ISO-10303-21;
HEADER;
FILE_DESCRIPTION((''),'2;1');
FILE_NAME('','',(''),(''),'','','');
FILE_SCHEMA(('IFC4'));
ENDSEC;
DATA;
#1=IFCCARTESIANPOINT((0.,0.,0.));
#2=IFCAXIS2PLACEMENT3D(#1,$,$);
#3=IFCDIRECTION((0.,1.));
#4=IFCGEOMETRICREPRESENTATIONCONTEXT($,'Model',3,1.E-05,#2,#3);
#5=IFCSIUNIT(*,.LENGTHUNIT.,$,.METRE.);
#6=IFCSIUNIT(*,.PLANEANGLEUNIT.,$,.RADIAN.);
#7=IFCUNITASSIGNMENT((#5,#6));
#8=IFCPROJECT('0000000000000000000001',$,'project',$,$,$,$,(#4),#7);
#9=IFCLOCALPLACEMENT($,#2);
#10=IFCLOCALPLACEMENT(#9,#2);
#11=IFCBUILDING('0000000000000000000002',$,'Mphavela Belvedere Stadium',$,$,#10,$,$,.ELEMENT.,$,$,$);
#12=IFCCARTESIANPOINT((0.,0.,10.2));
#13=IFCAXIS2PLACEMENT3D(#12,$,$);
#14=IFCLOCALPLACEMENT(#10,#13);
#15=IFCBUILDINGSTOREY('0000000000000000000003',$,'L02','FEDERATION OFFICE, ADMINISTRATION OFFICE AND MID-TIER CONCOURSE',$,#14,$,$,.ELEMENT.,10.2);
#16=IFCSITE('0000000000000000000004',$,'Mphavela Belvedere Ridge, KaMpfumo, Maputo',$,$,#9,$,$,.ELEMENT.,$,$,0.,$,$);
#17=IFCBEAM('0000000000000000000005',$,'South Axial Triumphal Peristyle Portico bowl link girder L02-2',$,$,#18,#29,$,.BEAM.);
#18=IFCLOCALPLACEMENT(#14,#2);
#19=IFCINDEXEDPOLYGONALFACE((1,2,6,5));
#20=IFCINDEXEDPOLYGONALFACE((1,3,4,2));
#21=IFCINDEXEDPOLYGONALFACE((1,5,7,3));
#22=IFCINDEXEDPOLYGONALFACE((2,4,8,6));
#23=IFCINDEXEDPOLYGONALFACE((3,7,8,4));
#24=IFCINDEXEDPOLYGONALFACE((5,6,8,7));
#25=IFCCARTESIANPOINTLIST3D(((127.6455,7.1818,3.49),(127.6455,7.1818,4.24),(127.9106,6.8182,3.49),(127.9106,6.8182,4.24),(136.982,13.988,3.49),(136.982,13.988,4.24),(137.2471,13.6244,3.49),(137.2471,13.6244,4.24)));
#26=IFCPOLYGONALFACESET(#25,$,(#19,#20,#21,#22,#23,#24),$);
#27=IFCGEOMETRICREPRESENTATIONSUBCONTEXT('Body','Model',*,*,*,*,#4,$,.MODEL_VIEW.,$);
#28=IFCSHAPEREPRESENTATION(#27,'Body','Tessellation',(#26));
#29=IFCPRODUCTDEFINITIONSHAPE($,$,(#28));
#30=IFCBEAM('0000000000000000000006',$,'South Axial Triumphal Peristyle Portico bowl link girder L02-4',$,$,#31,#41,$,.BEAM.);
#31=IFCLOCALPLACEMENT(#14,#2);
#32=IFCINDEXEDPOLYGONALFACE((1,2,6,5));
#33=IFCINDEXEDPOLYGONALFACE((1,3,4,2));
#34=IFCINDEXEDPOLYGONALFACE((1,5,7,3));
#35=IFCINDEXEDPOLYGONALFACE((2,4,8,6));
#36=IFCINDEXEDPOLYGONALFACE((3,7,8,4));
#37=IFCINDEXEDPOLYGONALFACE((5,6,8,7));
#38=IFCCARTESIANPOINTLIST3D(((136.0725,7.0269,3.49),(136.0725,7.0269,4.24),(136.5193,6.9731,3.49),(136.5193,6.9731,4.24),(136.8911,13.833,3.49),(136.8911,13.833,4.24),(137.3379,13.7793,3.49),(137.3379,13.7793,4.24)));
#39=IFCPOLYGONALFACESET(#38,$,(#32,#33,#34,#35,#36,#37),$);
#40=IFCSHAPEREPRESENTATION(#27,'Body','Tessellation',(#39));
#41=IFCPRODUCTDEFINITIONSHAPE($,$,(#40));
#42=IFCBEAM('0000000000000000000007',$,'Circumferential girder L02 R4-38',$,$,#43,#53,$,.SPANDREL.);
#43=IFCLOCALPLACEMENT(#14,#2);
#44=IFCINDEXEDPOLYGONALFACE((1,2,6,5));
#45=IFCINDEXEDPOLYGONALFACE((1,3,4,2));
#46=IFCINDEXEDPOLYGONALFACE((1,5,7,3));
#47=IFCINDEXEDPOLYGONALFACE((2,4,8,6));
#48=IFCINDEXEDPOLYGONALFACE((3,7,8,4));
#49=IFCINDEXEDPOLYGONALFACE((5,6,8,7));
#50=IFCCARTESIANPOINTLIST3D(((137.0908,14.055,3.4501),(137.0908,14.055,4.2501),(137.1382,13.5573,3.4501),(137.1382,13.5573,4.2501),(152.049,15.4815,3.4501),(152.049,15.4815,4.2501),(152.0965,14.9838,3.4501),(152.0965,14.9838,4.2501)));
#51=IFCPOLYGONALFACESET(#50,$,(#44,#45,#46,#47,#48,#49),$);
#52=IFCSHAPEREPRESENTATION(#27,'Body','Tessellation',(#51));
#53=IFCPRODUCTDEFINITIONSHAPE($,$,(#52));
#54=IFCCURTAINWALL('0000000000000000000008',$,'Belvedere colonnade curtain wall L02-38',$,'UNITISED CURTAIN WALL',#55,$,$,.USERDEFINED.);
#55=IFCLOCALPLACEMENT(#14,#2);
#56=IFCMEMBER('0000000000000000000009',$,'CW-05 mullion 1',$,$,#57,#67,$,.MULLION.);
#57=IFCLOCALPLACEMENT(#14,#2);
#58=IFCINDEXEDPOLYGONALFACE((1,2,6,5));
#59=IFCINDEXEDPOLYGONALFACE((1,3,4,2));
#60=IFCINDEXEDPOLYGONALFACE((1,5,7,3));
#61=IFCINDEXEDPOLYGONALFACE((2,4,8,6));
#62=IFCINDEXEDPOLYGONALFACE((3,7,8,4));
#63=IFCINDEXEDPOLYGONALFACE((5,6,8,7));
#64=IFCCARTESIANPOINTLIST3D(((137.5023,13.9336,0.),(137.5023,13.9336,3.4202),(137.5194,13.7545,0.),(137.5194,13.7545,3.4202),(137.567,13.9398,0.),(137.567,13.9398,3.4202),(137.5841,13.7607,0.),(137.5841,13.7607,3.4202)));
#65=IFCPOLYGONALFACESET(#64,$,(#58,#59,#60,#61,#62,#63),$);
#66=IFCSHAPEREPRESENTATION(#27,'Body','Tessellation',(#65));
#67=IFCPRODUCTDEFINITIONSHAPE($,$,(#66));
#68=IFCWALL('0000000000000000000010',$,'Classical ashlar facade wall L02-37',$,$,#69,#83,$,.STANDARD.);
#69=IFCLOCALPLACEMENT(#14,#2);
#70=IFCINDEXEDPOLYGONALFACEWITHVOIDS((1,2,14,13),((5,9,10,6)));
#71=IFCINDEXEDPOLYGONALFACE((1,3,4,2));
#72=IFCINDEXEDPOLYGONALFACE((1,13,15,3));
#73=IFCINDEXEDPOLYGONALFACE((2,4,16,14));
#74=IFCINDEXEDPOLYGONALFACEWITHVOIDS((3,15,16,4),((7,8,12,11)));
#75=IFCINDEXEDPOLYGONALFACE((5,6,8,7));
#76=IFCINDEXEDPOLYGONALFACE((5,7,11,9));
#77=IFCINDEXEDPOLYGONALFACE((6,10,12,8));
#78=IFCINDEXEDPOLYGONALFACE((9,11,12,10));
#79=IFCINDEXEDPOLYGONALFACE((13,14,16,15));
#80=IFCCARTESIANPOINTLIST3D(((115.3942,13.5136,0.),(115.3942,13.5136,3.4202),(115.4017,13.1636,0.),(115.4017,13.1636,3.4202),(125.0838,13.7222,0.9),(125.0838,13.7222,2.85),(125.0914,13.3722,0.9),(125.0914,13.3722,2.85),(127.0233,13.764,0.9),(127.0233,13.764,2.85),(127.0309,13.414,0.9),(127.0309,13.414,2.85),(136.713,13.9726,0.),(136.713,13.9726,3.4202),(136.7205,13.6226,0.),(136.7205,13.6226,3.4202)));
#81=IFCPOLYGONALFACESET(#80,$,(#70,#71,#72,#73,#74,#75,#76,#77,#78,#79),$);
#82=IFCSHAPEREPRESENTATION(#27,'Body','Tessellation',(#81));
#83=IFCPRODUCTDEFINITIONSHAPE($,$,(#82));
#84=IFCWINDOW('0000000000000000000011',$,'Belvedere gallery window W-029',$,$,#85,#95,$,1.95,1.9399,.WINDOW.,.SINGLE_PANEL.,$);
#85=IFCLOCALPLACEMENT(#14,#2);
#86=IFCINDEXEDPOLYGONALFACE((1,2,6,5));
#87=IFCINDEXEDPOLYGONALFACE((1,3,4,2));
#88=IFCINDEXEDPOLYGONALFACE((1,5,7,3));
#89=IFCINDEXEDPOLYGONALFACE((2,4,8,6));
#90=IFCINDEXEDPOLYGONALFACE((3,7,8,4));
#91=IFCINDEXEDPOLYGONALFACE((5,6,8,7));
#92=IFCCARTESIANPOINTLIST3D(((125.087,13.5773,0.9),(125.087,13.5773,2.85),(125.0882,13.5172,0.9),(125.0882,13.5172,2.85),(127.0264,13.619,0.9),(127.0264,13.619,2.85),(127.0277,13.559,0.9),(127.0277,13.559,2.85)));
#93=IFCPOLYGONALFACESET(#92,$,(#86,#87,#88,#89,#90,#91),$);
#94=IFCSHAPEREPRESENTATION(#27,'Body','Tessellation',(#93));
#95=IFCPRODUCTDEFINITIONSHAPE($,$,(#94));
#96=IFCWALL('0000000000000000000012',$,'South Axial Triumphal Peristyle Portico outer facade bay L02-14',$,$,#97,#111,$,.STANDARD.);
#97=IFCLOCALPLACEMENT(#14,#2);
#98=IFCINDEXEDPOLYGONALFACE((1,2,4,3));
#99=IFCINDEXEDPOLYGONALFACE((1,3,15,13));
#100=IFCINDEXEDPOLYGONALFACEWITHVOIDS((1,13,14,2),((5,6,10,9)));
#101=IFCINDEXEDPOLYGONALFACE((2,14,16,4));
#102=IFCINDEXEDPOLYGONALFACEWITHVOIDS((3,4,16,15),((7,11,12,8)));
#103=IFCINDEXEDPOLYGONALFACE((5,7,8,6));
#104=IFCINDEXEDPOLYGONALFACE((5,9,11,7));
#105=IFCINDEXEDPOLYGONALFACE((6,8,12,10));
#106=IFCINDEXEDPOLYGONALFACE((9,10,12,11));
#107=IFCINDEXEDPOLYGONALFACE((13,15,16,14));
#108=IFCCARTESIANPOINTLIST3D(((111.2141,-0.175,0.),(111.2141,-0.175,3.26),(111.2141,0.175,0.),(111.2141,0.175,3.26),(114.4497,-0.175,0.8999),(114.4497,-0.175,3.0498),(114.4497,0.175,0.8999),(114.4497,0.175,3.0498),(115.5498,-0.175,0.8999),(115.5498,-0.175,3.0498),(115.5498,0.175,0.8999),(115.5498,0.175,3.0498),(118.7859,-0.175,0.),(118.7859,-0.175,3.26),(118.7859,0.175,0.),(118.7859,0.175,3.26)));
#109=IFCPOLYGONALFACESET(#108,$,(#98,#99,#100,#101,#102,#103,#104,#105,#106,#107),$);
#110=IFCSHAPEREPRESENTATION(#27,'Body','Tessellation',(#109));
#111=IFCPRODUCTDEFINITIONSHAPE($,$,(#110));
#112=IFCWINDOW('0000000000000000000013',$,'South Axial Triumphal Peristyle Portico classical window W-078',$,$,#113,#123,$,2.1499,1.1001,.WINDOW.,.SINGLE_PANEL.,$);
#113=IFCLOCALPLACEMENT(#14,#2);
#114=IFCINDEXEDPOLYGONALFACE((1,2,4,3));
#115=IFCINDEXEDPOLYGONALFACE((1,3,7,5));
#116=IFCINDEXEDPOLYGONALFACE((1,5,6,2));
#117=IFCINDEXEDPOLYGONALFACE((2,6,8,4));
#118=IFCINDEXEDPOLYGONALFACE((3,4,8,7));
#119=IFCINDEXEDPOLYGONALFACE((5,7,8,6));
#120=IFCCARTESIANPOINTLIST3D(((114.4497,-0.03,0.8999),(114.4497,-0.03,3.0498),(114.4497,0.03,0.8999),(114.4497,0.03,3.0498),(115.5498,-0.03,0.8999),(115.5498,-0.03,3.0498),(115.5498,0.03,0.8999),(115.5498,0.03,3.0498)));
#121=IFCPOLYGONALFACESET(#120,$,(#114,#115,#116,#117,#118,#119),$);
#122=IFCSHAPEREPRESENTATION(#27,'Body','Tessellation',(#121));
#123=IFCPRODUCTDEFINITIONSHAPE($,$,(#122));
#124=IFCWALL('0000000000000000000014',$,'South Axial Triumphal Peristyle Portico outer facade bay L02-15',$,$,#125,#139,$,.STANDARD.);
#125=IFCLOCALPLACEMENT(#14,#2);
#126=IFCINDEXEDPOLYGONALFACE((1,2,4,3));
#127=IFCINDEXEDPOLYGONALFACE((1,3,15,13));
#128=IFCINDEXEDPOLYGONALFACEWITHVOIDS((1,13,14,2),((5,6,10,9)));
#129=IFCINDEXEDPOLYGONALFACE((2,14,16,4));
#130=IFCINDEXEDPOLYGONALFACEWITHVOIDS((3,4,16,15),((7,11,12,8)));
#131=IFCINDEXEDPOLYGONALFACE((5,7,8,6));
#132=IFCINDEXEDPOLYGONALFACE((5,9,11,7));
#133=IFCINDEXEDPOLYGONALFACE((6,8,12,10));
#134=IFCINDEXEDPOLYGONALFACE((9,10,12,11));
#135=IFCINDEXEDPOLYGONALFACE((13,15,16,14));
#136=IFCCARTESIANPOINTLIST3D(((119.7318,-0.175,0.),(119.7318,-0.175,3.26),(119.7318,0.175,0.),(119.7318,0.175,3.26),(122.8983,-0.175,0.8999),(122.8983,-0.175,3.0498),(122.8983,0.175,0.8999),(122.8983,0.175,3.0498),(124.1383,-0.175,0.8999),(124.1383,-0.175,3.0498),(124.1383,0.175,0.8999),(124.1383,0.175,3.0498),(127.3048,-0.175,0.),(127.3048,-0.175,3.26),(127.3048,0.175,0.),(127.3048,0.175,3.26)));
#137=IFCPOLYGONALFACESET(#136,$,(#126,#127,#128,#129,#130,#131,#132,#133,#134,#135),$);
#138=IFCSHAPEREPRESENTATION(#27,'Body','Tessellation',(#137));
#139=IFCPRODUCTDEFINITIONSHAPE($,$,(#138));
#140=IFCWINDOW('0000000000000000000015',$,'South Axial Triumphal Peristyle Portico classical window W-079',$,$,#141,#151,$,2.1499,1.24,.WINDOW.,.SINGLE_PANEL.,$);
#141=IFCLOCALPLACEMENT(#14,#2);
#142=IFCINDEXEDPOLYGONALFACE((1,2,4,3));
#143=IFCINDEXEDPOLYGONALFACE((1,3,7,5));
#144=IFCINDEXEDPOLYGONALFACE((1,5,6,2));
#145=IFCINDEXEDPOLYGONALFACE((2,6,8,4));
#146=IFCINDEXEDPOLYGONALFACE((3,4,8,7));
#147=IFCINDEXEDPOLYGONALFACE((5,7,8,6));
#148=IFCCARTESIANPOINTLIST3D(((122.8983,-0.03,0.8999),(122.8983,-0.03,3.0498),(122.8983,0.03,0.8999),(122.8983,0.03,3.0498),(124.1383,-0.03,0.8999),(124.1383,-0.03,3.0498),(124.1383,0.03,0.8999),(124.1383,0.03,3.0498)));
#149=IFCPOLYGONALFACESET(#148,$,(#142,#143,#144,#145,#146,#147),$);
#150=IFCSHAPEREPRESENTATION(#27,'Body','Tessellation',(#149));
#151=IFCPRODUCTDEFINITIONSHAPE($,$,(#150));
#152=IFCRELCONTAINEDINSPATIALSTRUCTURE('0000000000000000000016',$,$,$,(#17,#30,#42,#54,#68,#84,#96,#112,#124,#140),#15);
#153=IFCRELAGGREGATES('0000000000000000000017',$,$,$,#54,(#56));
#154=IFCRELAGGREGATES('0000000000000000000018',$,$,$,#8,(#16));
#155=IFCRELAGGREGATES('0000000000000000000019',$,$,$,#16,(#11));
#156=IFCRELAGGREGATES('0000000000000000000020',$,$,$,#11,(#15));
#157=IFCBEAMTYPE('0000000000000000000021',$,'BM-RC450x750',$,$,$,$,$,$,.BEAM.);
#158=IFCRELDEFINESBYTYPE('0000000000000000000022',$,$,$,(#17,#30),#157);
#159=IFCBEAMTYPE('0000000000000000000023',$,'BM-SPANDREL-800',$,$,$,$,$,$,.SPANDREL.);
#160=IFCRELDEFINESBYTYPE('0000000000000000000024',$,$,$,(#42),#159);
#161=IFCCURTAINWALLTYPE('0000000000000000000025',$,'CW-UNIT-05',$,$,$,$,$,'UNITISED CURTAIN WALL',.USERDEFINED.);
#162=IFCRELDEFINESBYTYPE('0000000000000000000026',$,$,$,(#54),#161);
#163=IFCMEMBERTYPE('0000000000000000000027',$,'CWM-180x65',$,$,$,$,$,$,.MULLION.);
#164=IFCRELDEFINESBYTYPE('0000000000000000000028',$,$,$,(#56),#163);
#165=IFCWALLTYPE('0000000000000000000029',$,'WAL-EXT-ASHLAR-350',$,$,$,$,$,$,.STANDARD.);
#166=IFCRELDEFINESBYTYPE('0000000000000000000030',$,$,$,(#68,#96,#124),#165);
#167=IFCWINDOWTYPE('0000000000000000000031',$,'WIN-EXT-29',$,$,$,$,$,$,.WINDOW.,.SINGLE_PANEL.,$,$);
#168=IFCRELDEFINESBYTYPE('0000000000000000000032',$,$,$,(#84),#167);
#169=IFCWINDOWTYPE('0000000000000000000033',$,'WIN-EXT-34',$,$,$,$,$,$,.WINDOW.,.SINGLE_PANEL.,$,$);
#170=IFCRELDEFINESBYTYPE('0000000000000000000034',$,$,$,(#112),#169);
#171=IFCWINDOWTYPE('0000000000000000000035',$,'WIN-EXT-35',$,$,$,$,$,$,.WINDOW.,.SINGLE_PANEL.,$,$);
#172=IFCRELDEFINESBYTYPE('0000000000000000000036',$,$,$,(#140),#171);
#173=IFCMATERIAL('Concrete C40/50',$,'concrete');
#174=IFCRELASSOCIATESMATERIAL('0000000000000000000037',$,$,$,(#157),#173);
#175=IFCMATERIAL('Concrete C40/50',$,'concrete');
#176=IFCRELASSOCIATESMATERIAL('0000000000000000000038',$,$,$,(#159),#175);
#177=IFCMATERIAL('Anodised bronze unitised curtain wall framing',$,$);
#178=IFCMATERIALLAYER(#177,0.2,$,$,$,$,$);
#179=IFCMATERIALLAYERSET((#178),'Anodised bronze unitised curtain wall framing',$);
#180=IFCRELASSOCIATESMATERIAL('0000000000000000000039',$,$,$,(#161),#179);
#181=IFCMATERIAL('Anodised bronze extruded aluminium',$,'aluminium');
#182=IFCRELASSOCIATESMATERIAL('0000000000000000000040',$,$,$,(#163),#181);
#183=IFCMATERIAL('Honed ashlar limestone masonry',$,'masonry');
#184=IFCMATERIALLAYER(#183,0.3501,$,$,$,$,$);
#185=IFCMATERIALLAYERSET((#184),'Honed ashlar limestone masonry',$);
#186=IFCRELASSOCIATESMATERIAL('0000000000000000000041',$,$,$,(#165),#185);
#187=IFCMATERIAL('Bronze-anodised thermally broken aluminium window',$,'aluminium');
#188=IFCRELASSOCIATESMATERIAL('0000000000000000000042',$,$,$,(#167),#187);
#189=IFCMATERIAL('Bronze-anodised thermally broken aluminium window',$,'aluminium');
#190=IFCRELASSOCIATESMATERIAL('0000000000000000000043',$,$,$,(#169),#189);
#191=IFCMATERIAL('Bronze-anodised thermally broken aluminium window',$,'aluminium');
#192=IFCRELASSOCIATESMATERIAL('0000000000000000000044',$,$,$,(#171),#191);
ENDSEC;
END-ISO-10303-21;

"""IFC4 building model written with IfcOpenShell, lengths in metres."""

from ifc_helpers import new_model, si_unit, direction, frame, frame_2d, origin, origin_2d, place, context, subcontext, project, spatial, rectangle, extrude, material, layer, layer_set, material_profile, profile_set, type_object, element, fill, aggregate, save


model = new_model("IFC4")

# Units and contexts
model_context = context("Model", 3, precision=1e-05, world=origin(), true_north=direction((0.0, 1.0)))
body_context = subcontext(model_context, "Body", "Model", "MODEL_VIEW")
ifc_project = project(units=[si_unit("LENGTHUNIT", "METRE"), si_unit("PLANEANGLEUNIT", "RADIAN")], contexts=[model_context])

# Site, building, storey
site_placement = place(None, origin())
site = spatial("IfcSite", under=ifc_project, at=site_placement, Name="Mphavela Belvedere Ridge, KaMpfumo, Maputo", CompositionType="ELEMENT", RefElevation=0.0)
building_placement = place(site_placement, origin())
building = spatial("IfcBuilding", under=site, at=building_placement, Name="Mphavela Belvedere Stadium", CompositionType="ELEMENT")
storey_placement = place(building_placement, frame((0.0, 0.0, 10.2)))
storey = spatial("IfcBuildingStorey", under=building, at=storey_placement, Name="L02", Description="FEDERATION OFFICE, ADMINISTRATION OFFICE AND MID-TIER CONCOURSE", CompositionType="ELEMENT", Elevation=10.2)

# Beams
ifc_material_1 = material(Name="Concrete C40/50", Category="concrete")
ifc_material_profile_1 = material_profile(ifc_material_1, rectangle(XDim=0.45, YDim=0.75, at=origin_2d()), Name="RC 450x750")
ifc_profile_set_1 = profile_set([ifc_material_profile_1], Name="Concrete C40/50")
beam_type_1 = type_object("IfcBeamType", Name="BM-RC450x750", PredefinedType="BEAM", material=ifc_profile_set_1)
beam_1_placement = place(storey_placement, frame((127.7781, 7.0, 3.865), z_axis=(0.808076, 0.589078, 0.0), x_axis=(-0.589078, 0.808076, 0.0)))
element("IfcBeam", 1, at=beam_1_placement, inside=storey, type_object=beam_type_1, Name="South Axial Triumphal Peristyle Portico bowl link girder L02-2", PredefinedType="BEAM", context=body_context, shape_type="SweptSolid", body=[
    extrude(rectangle(XDim=0.45, YDim=0.75, at=origin_2d()), origin(), (0.0, 0.0, 1.0), 11.554),
])
beam_2_placement = place(storey_placement, frame((136.2959, 7.0, 3.865), z_axis=(0.119413, 0.992845, 0.0), x_axis=(-0.992845, 0.119413, 0.0)))
element("IfcBeam", 2, at=beam_2_placement, inside=storey, type_object=beam_type_1, Name="South Axial Triumphal Peristyle Portico bowl link girder L02-4", PredefinedType="BEAM", context=body_context, shape_type="SweptSolid", body=[
    extrude(rectangle(XDim=0.45, YDim=0.75, at=origin_2d()), origin(), (0.0, 0.0, 1.0), 6.8552),
])
ifc_material_2 = material(Name="Concrete C40/50", Category="concrete")
ifc_material_profile_2 = material_profile(ifc_material_2, rectangle(XDim=0.5, YDim=0.8, at=origin_2d()), Name="RC 500x800")
ifc_profile_set_2 = profile_set([ifc_material_profile_2], Name="Concrete C40/50")
beam_type_2 = type_object("IfcBeamType", Name="BM-SPANDREL-800", PredefinedType="SPANDREL", material=ifc_profile_set_2)
beam_3_placement = place(storey_placement, frame((137.1145, 13.8062, 3.8501), z_axis=(0.995483, 0.094936, 0.0), x_axis=(-0.094936, 0.995483, 0.0)))
element("IfcBeam", 3, at=beam_3_placement, inside=storey, type_object=beam_type_2, Name="Circumferential girder L02 R4-38", PredefinedType="SPANDREL", context=body_context, shape_type="SweptSolid", body=[
    extrude(rectangle(XDim=0.5, YDim=0.8, at=origin_2d()), origin(), (0.0, 0.0, 1.0), 15.0261),
])

# Curtain wall, member
ifc_material_3 = material(Name="Anodised bronze unitised curtain wall framing")
ifc_layer_1 = layer(ifc_material_3, 0.2)
ifc_layer_set_1 = layer_set([ifc_layer_1], Name="Anodised bronze unitised curtain wall framing")
curtain_wall_type = type_object("IfcCurtainWallType", Name="CW-UNIT-05", ElementType="UNITISED CURTAIN WALL", PredefinedType="USERDEFINED", material=ifc_layer_set_1)
curtain_wall_placement = place(storey_placement, origin())
curtain_wall = element("IfcCurtainWall", 4, at=curtain_wall_placement, inside=storey, type_object=curtain_wall_type, Name="Belvedere colonnade curtain wall L02-38", ObjectType="UNITISED CURTAIN WALL", PredefinedType="USERDEFINED")
ifc_material_4 = material(Name="Anodised bronze extruded aluminium", Category="aluminium")
ifc_material_profile_3 = material_profile(ifc_material_4, rectangle(XDim=0.1799, YDim=0.0649, at=origin_2d()), Name="CW-MUL 180x65")
ifc_profile_set_3 = profile_set([ifc_material_profile_3], Name="Anodised bronze extruded aluminium")
member_type = type_object("IfcMemberType", Name="CWM-180x65", PredefinedType="MULLION", material=ifc_profile_set_3)
member_placement = place(storey_placement, frame((137.5432, 13.8472, 0.0), z_axis=(0.0, 0.0, 1.0), x_axis=(-0.094926, 0.995484, 0.0)))
member = element("IfcMember", 5, at=member_placement, type_object=member_type, Name="CW-05 mullion 1", PredefinedType="MULLION", context=body_context, shape_type="SweptSolid", body=[
    extrude(rectangle(XDim=0.1799, YDim=0.0649, at=origin_2d()), origin(), (0.0, 0.0, 1.0), 3.4202),
])
aggregate(curtain_wall, [member])

# Walls, openings, windows
ifc_material_5 = material(Name="Honed ashlar limestone masonry", Category="masonry")
ifc_layer_2 = layer(ifc_material_5, 0.3501)
ifc_layer_set_2 = layer_set([ifc_layer_2], Name="Honed ashlar limestone masonry")
wall_type_1 = type_object("IfcWallType", Name="WAL-EXT-ASHLAR-350", PredefinedType="STANDARD", material=ifc_layer_set_2)
wall_1_placement = place(storey_placement, frame((115.3979, 13.3386, 0.0), z_axis=(0.0, 0.0, 1.0), x_axis=(0.999768, 0.021525, 0.0)))
wall_1 = element("IfcWall", 6, at=wall_1_placement, inside=storey, type_object=wall_type_1, Name="Classical ashlar facade wall L02-37", PredefinedType="STANDARD", context=body_context, shape_type="SweptSolid", body=[
    extrude(rectangle(XDim=21.3237, YDim=0.3501, at=frame_2d((10.6619, 0.0))), origin(), (0.0, 0.0, 1.0), 3.4202),
])
opening_1_placement = place(wall_1_placement, frame((9.6919, 0.0, 0.8999)))
opening_1 = element("IfcOpeningElement", 7, at=opening_1_placement, cuts=wall_1, PredefinedType="OPENING", context=body_context, shape_type="SweptSolid", body=[
    extrude(rectangle(XDim=1.9399, YDim=1.95, at=frame_2d((0.97, 0.9751))), frame((0.0, 0.1851, 0.0), z_axis=(0.0, -1.0, 0.0), x_axis=(1.0, 0.0, 0.0)), (0.0, 0.0, 1.0), 0.3701),
])
ifc_material_6 = material(Name="Bronze-anodised thermally broken aluminium window", Category="aluminium")
window_type_1 = type_object("IfcWindowType", Name="WIN-EXT-29", PartitioningType="SINGLE_PANEL", PredefinedType="WINDOW", material=ifc_material_6)
window_1_placement = place(opening_1_placement, origin())
window_1 = element("IfcWindow", 8, at=window_1_placement, inside=storey, type_object=window_type_1, Name="Belvedere gallery window W-029", OverallHeight=1.95, OverallWidth=1.9399, PartitioningType="SINGLE_PANEL", PredefinedType="WINDOW", context=body_context, shape_type="SweptSolid", body=[
    extrude(rectangle(XDim=1.9399, YDim=1.95, at=frame_2d((0.97, 0.9751))), frame((0.0, 0.03, 0.0), z_axis=(0.0, -1.0, 0.0), x_axis=(1.0, 0.0, 0.0)), (0.0, 0.0, 1.0), 0.0601),
])
fill(opening_1, window_1)
wall_2_placement = place(storey_placement, frame((118.7859, 0.0, 0.0), z_axis=(0.0, 0.0, 1.0), x_axis=(-1.0, 0.0, 0.0)))
wall_2 = element("IfcWall", 9, at=wall_2_placement, inside=storey, type_object=wall_type_1, Name="South Axial Triumphal Peristyle Portico outer facade bay L02-14", PredefinedType="STANDARD", context=body_context, shape_type="SweptSolid", body=[
    extrude(rectangle(XDim=7.5718, YDim=0.3501, at=frame_2d((3.7859, 0.0))), origin(), (0.0, 0.0, 1.0), 3.26),
])
opening_2_placement = place(wall_2_placement, frame((3.2361, 0.0, 0.8999)))
opening_2 = element("IfcOpeningElement", 10, at=opening_2_placement, cuts=wall_2, PredefinedType="OPENING", context=body_context, shape_type="SweptSolid", body=[
    extrude(rectangle(XDim=1.1001, YDim=2.1499, at=frame_2d((0.55, 1.075))), frame((0.0, 0.1851, 0.0), z_axis=(0.0, -1.0, 0.0), x_axis=(1.0, 0.0, 0.0)), (0.0, 0.0, 1.0), 0.3701),
])
ifc_material_7 = material(Name="Bronze-anodised thermally broken aluminium window", Category="aluminium")
window_type_2 = type_object("IfcWindowType", Name="WIN-EXT-34", PartitioningType="SINGLE_PANEL", PredefinedType="WINDOW", material=ifc_material_7)
window_2_placement = place(opening_2_placement, origin())
window_2 = element("IfcWindow", 11, at=window_2_placement, inside=storey, type_object=window_type_2, Name="South Axial Triumphal Peristyle Portico classical window W-078", OverallHeight=2.1499, OverallWidth=1.1001, PartitioningType="SINGLE_PANEL", PredefinedType="WINDOW", context=body_context, shape_type="SweptSolid", body=[
    extrude(rectangle(XDim=1.1001, YDim=2.1499, at=frame_2d((0.55, 1.075))), frame((0.0, 0.03, 0.0), z_axis=(0.0, -1.0, 0.0), x_axis=(1.0, 0.0, 0.0)), (0.0, 0.0, 1.0), 0.0601),
])
fill(opening_2, window_2)
wall_3_placement = place(storey_placement, frame((127.3049, 0.0, 0.0), z_axis=(0.0, 0.0, 1.0), x_axis=(-1.0, 0.0, 0.0)))
wall_3 = element("IfcWall", 12, at=wall_3_placement, inside=storey, type_object=wall_type_1, Name="South Axial Triumphal Peristyle Portico outer facade bay L02-15", PredefinedType="STANDARD", context=body_context, shape_type="SweptSolid", body=[
    extrude(rectangle(XDim=7.573, YDim=0.3501, at=frame_2d((3.7866, 0.0))), origin(), (0.0, 0.0, 1.0), 3.26),
])
opening_3_placement = place(wall_3_placement, frame((3.1665, 0.0, 0.8999)))
opening_3 = element("IfcOpeningElement", 13, at=opening_3_placement, cuts=wall_3, PredefinedType="OPENING", context=body_context, shape_type="SweptSolid", body=[
    extrude(rectangle(XDim=1.24, YDim=2.1499, at=frame_2d((0.6201, 1.075))), frame((0.0, 0.1851, 0.0), z_axis=(0.0, -1.0, 0.0), x_axis=(1.0, 0.0, 0.0)), (0.0, 0.0, 1.0), 0.3701),
])
ifc_material_8 = material(Name="Bronze-anodised thermally broken aluminium window", Category="aluminium")
window_type_3 = type_object("IfcWindowType", Name="WIN-EXT-35", PartitioningType="SINGLE_PANEL", PredefinedType="WINDOW", material=ifc_material_8)
window_3_placement = place(opening_3_placement, origin())
window_3 = element("IfcWindow", 14, at=window_3_placement, inside=storey, type_object=window_type_3, Name="South Axial Triumphal Peristyle Portico classical window W-079", OverallHeight=2.1499, OverallWidth=1.24, PartitioningType="SINGLE_PANEL", PredefinedType="WINDOW", context=body_context, shape_type="SweptSolid", body=[
    extrude(rectangle(XDim=1.24, YDim=2.1499, at=frame_2d((0.6201, 1.075))), frame((0.0, 0.03, 0.0), z_axis=(0.0, -1.0, 0.0), x_axis=(1.0, 0.0, 0.0)), (0.0, 0.0, 1.0), 0.0601),
])
fill(opening_3, window_3)

save(model, "model.ifc")
